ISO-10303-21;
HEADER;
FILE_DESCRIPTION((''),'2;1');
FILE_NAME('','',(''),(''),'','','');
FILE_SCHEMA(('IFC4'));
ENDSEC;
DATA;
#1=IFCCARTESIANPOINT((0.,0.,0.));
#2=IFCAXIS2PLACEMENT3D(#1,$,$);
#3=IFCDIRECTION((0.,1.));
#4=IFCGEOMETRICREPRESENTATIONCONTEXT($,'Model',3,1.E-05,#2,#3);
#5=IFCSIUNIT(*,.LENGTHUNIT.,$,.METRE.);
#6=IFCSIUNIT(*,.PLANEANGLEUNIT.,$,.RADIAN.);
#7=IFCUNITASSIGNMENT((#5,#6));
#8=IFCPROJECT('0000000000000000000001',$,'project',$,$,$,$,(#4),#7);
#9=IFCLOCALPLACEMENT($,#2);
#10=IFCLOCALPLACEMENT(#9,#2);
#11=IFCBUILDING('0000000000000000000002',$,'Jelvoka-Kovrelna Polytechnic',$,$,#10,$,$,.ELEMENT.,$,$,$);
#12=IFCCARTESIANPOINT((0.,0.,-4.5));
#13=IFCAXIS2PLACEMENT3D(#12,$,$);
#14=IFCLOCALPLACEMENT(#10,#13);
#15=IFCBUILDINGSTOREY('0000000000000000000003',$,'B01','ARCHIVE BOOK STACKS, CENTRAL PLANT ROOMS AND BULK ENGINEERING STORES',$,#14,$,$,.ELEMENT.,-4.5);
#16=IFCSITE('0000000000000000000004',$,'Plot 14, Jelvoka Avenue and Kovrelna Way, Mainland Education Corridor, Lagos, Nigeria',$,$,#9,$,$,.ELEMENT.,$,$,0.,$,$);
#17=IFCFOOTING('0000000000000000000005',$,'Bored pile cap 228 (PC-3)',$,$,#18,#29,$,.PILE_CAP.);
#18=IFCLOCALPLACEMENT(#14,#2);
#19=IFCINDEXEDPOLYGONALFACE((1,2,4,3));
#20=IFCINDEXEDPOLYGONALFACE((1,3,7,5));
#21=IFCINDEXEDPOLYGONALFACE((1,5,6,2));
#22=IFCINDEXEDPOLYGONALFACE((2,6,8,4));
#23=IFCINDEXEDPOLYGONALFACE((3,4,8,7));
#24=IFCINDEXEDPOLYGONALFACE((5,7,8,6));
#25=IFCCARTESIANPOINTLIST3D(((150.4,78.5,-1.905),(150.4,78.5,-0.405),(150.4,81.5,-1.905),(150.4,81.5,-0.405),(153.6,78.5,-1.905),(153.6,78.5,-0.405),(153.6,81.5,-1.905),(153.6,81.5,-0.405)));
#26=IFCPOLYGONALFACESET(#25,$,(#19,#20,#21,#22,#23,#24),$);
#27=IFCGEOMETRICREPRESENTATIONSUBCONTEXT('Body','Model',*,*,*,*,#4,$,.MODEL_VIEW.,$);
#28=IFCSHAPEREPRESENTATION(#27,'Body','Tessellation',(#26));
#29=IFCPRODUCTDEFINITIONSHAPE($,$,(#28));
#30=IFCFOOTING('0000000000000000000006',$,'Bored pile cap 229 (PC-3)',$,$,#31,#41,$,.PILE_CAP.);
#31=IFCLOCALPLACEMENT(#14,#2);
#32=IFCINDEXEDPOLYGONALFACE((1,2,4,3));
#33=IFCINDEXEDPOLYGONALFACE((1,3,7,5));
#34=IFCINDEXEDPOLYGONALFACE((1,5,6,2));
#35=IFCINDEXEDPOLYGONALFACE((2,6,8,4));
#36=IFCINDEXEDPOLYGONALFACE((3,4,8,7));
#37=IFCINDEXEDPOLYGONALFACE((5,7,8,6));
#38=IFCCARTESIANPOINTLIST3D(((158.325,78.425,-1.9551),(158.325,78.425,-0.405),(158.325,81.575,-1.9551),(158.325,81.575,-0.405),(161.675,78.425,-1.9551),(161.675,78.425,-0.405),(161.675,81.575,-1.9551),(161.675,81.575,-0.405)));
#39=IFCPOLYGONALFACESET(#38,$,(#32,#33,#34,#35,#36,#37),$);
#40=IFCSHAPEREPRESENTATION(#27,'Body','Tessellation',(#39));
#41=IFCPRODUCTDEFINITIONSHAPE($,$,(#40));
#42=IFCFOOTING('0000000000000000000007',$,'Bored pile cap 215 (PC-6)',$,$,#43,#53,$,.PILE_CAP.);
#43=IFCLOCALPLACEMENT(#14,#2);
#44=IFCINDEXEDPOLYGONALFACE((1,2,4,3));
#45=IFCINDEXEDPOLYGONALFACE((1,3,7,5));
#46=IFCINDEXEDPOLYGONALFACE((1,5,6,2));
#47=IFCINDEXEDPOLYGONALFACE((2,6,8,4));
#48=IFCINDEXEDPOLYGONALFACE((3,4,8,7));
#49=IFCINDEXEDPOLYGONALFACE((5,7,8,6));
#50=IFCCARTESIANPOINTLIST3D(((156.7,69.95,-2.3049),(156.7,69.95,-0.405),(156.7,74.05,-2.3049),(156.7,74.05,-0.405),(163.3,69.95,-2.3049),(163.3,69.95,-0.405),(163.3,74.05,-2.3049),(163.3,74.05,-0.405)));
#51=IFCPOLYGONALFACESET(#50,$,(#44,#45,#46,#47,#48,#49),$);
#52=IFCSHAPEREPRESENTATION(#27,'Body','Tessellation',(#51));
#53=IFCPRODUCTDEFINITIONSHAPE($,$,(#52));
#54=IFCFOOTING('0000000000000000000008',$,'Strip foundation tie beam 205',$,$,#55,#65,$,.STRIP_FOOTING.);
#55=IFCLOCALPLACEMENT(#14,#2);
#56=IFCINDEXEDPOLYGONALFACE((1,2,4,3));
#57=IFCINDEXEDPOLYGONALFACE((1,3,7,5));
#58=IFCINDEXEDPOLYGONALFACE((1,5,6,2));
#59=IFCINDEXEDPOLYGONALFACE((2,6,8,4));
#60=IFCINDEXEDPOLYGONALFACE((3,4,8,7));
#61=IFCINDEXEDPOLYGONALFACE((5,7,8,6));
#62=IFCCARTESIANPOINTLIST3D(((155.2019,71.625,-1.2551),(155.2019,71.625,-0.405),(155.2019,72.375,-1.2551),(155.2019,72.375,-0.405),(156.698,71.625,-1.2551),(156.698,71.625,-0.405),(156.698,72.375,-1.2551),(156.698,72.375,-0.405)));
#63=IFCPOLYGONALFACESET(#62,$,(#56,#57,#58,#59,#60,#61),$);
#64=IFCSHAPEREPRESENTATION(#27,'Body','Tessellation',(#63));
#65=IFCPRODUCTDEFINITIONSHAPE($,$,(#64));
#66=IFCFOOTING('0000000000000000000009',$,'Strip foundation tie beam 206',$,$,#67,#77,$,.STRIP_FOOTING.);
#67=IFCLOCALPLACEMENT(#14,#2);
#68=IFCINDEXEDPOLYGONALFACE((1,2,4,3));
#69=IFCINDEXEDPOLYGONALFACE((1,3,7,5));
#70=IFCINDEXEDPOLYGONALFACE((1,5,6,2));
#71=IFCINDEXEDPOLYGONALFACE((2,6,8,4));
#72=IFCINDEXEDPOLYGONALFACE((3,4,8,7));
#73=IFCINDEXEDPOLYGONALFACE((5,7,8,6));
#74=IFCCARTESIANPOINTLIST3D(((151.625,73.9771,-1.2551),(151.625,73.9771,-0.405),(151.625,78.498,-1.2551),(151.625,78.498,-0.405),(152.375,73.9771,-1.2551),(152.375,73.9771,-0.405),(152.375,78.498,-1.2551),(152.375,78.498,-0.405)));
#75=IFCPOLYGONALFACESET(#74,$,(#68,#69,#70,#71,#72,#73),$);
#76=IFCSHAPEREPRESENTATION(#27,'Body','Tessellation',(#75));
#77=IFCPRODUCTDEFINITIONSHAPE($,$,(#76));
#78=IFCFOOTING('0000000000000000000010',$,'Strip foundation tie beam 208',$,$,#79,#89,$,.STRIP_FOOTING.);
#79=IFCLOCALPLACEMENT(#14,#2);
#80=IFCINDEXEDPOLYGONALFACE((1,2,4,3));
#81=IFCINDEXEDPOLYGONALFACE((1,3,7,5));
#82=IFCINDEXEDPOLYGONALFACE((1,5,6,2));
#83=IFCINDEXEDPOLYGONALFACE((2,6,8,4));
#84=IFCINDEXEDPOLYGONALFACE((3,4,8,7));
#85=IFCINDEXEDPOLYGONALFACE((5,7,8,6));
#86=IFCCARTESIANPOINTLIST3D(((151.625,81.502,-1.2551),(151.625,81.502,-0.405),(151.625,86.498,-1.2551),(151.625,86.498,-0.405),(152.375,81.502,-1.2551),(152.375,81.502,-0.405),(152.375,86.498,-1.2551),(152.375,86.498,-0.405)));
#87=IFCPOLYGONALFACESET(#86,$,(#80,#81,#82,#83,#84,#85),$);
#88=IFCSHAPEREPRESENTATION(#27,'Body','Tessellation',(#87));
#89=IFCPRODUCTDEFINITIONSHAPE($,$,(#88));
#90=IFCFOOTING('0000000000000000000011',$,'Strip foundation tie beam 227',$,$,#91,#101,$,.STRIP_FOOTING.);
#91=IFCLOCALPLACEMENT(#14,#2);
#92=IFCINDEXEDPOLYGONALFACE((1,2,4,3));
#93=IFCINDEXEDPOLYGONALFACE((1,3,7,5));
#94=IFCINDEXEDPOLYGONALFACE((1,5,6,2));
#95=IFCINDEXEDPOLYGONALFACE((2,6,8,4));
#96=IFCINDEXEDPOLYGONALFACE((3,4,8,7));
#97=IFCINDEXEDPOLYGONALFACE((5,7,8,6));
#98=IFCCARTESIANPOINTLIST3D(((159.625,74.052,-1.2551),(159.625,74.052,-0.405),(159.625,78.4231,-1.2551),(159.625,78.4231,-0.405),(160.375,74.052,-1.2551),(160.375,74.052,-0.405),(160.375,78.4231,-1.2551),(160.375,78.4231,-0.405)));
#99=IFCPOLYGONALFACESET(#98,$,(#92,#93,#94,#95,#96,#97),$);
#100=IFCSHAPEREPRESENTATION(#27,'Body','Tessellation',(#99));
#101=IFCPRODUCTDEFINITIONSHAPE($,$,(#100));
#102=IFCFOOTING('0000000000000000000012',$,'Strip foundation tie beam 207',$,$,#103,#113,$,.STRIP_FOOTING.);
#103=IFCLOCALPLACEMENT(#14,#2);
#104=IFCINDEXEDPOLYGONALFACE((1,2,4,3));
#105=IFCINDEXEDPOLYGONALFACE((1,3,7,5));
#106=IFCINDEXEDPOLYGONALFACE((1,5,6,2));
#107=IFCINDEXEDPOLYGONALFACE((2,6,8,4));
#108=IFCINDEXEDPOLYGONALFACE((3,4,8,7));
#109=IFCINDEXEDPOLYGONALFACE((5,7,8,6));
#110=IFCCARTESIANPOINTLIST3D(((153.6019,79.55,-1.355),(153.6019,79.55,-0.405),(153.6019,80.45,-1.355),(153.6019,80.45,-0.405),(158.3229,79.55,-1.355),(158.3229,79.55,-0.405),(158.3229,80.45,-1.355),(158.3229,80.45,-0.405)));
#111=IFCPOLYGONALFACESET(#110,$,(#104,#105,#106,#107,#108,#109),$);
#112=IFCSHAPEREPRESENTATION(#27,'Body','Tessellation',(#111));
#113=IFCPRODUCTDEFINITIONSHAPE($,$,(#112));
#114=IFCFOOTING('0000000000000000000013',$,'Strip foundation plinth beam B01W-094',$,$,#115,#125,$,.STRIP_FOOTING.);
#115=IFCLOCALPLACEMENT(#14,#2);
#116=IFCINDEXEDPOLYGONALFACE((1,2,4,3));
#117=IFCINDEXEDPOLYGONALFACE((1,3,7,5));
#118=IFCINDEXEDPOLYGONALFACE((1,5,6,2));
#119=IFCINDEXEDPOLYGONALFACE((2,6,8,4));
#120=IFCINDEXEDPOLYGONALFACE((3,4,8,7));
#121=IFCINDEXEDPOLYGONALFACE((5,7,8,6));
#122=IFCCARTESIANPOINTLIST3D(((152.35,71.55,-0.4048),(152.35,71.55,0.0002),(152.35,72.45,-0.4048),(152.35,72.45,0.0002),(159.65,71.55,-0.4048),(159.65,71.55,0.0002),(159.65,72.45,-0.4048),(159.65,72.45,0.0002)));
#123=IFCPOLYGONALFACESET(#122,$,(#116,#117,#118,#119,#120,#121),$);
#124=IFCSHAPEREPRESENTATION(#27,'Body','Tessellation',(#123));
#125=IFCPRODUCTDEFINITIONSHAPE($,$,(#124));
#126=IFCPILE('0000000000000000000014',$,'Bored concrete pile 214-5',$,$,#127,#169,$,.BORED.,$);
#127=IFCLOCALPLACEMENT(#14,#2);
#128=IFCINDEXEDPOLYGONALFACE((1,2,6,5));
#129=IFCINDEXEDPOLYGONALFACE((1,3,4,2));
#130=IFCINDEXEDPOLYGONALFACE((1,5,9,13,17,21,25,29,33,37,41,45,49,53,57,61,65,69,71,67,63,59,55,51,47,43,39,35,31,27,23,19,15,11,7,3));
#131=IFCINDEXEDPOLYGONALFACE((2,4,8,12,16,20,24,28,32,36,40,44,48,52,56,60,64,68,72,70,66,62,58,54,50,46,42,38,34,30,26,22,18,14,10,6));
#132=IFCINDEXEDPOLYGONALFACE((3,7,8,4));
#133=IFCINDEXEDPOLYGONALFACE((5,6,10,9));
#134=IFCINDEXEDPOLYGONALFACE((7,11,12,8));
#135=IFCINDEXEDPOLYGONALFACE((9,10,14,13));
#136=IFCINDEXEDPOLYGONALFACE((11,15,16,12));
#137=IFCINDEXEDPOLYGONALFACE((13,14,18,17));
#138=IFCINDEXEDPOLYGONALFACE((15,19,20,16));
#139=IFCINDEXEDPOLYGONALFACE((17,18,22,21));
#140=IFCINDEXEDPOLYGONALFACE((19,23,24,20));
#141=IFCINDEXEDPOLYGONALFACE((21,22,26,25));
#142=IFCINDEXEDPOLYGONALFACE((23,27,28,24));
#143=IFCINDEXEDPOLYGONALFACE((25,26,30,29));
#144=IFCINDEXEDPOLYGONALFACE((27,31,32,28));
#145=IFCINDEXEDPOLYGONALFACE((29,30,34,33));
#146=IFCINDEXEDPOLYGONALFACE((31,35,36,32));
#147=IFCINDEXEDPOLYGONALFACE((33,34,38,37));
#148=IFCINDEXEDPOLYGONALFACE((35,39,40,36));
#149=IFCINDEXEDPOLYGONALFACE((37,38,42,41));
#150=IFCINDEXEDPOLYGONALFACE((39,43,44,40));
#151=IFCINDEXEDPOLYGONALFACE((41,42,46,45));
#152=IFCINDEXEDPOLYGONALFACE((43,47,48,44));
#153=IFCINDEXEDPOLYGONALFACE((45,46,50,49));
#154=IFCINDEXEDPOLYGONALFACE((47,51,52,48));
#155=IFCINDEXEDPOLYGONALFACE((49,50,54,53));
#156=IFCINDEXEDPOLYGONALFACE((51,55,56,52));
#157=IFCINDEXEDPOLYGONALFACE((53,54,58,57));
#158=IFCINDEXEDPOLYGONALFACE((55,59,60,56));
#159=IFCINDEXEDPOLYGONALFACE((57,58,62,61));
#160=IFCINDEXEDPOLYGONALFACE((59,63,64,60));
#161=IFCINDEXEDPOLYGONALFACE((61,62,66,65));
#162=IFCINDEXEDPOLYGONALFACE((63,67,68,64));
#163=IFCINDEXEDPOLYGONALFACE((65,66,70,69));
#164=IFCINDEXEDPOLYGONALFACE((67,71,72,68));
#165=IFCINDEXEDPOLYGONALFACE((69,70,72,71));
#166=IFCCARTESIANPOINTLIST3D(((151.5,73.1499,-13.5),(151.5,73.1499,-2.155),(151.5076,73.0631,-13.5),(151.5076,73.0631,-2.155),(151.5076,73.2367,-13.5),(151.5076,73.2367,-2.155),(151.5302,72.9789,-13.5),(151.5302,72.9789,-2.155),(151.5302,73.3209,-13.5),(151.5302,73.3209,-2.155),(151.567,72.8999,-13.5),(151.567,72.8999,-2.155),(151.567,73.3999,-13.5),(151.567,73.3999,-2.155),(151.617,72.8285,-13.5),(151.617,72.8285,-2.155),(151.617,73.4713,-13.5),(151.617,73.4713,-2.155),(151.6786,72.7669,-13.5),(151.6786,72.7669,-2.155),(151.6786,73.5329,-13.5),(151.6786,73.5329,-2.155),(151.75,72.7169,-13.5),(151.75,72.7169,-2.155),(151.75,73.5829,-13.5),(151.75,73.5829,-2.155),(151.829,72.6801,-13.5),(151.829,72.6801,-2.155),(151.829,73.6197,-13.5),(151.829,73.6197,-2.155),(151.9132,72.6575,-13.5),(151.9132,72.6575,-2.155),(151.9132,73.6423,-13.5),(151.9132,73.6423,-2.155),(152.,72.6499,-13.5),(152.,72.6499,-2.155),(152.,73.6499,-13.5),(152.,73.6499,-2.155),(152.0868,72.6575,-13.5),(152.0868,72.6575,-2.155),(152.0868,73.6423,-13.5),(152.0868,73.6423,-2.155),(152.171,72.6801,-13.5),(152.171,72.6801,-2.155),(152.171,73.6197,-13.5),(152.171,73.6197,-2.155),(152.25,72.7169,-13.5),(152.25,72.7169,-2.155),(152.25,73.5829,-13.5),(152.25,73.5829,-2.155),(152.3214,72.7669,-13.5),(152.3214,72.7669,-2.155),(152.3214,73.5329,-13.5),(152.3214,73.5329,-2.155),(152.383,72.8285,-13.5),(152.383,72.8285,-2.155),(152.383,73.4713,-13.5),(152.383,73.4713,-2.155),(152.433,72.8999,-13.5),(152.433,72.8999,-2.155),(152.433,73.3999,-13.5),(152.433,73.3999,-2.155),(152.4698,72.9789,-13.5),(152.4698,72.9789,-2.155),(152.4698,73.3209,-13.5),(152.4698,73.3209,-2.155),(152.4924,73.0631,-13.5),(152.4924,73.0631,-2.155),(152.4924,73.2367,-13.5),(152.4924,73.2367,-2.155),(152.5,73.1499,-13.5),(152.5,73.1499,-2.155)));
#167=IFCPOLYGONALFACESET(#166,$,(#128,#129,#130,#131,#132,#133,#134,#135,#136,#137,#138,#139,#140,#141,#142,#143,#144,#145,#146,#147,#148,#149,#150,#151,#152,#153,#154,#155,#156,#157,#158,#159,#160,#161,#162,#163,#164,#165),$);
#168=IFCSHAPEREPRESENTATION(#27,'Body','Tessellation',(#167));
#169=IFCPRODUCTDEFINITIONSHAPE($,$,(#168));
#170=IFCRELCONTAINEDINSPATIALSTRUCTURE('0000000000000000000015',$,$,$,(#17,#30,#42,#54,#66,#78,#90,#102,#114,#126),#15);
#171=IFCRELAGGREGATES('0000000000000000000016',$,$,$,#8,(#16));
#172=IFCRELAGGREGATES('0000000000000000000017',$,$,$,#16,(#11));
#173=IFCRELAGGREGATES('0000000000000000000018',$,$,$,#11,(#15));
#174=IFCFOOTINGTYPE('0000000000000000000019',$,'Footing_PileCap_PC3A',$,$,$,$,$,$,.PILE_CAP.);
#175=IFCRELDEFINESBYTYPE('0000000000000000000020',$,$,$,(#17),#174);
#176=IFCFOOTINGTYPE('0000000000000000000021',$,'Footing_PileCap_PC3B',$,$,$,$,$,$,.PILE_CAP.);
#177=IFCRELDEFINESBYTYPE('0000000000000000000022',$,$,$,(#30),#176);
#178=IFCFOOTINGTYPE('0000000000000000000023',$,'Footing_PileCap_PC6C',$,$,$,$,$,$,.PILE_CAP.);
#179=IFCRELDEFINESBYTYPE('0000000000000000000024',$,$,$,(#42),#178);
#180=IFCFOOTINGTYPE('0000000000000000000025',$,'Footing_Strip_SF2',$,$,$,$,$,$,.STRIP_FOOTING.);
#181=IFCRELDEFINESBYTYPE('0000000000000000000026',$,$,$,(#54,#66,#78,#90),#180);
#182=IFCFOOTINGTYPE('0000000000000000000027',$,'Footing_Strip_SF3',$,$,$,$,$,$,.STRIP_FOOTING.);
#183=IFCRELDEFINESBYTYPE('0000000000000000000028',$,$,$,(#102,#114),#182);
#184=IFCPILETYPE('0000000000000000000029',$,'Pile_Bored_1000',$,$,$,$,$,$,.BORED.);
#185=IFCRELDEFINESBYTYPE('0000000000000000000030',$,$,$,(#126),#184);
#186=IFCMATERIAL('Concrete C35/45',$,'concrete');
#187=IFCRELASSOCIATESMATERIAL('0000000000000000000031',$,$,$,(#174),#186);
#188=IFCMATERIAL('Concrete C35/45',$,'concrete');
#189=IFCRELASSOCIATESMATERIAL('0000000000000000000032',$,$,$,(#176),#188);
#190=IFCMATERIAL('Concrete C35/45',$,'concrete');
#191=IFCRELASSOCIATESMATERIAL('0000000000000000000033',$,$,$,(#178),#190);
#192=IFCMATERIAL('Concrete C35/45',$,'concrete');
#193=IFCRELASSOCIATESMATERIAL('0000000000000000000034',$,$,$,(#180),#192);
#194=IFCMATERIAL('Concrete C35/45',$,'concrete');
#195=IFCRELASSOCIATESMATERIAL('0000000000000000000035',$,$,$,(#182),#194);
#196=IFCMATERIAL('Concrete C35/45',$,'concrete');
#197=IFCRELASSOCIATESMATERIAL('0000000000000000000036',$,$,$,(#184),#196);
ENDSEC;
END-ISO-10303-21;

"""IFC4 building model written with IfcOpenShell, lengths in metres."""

from ifc_helpers import new_model, si_unit, direction, frame, origin, origin_2d, place, context, subcontext, project, spatial, rectangle, circle, extrude, material, material_profile, profile_set, type_object, element, save


model = new_model("IFC4")

# Units and contexts
model_context = context("Model", 3, precision=1e-05, world=origin(), true_north=direction((0.0, 1.0)))
body_context = subcontext(model_context, "Body", "Model", "MODEL_VIEW")
ifc_project = project(units=[si_unit("LENGTHUNIT", "METRE"), si_unit("PLANEANGLEUNIT", "RADIAN")], contexts=[model_context])

# Site, building, storey
site_placement = place(None, origin())
site = spatial("IfcSite", under=ifc_project, at=site_placement, Name="Plot 14, Jelvoka Avenue and Kovrelna Way, Mainland Education Corridor, Lagos, Nigeria", CompositionType="ELEMENT", RefElevation=0.0)
building_placement = place(site_placement, origin())
building = spatial("IfcBuilding", under=site, at=building_placement, Name="Jelvoka-Kovrelna Polytechnic", CompositionType="ELEMENT")
storey_placement = place(building_placement, frame((0.0, 0.0, -4.5)))
storey = spatial("IfcBuildingStorey", under=building, at=storey_placement, Name="B01", Description="ARCHIVE BOOK STACKS, CENTRAL PLANT ROOMS AND BULK ENGINEERING STORES", CompositionType="ELEMENT", Elevation=-4.5)

# Footings
ifc_material_1 = material(Name="Concrete C35/45", Category="concrete")
footing_type_1 = type_object("IfcFootingType", Name="Footing_PileCap_PC3A", PredefinedType="PILE_CAP", material=ifc_material_1)
footing_1_placement = place(storey_placement, frame((152.0, 80.0, -1.905), z_axis=(0.0, 0.0, 1.0), x_axis=(1.0, 0.0, 0.0)))
element("IfcFooting", 1, at=footing_1_placement, inside=storey, type_object=footing_type_1, Name="Bored pile cap 228 (PC-3)", PredefinedType="PILE_CAP", context=body_context, shape_type="SweptSolid", body=[
    extrude(rectangle(XDim=3.2, YDim=3.0, at=origin_2d()), origin(), (0.0, 0.0, 1.0), 1.5),
])
ifc_material_2 = material(Name="Concrete C35/45", Category="concrete")
footing_type_2 = type_object("IfcFootingType", Name="Footing_PileCap_PC3B", PredefinedType="PILE_CAP", material=ifc_material_2)
footing_2_placement = place(storey_placement, frame((160.0, 80.0, -1.9551), z_axis=(0.0, 0.0, 1.0), x_axis=(1.0, 0.0, 0.0)))
element("IfcFooting", 2, at=footing_2_placement, inside=storey, type_object=footing_type_2, Name="Bored pile cap 229 (PC-3)", PredefinedType="PILE_CAP", context=body_context, shape_type="SweptSolid", body=[
    extrude(rectangle(XDim=3.3501, YDim=3.1499, at=origin_2d()), origin(), (0.0, 0.0, 1.0), 1.55),
])
ifc_material_3 = material(Name="Concrete C35/45", Category="concrete")
footing_type_3 = type_object("IfcFootingType", Name="Footing_PileCap_PC6C", PredefinedType="PILE_CAP", material=ifc_material_3)
footing_3_placement = place(storey_placement, frame((160.0, 72.0, -2.3049), z_axis=(0.0, 0.0, 1.0), x_axis=(1.0, 0.0, 0.0)))
element("IfcFooting", 3, at=footing_3_placement, inside=storey, type_object=footing_type_3, Name="Bored pile cap 215 (PC-6)", PredefinedType="PILE_CAP", context=body_context, shape_type="SweptSolid", body=[
    extrude(rectangle(XDim=6.6001, YDim=4.1001, at=origin_2d()), origin(), (0.0, 0.0, 1.0), 1.8999),
])
ifc_material_4 = material(Name="Concrete C35/45", Category="concrete")
footing_type_4 = type_object("IfcFootingType", Name="Footing_Strip_SF2", PredefinedType="STRIP_FOOTING", material=ifc_material_4)
footing_4_placement = place(storey_placement, frame((155.95, 72.0, -1.2551), z_axis=(0.0, 0.0, 1.0), x_axis=(1.0, 0.0, 0.0)))
element("IfcFooting", 4, at=footing_4_placement, inside=storey, type_object=footing_type_4, Name="Strip foundation tie beam 205", PredefinedType="STRIP_FOOTING", context=body_context, shape_type="SweptSolid", body=[
    extrude(rectangle(XDim=1.4961, YDim=0.75, at=origin_2d()), origin(), (0.0, 0.0, 1.0), 0.8501),
])
footing_5_placement = place(storey_placement, frame((152.0, 76.2375, -1.2551), z_axis=(0.0, 0.0, 1.0), x_axis=(0.0, 1.0, 0.0)))
element("IfcFooting", 5, at=footing_5_placement, inside=storey, type_object=footing_type_4, Name="Strip foundation tie beam 206", PredefinedType="STRIP_FOOTING", context=body_context, shape_type="SweptSolid", body=[
    extrude(rectangle(XDim=4.521, YDim=0.75, at=origin_2d()), origin(), (0.0, 0.0, 1.0), 0.8501),
])
footing_6_placement = place(storey_placement, frame((152.0, 84.0, -1.2551), z_axis=(0.0, 0.0, 1.0), x_axis=(0.0, 1.0, 0.0)))
element("IfcFooting", 6, at=footing_6_placement, inside=storey, type_object=footing_type_4, Name="Strip foundation tie beam 208", PredefinedType="STRIP_FOOTING", context=body_context, shape_type="SweptSolid", body=[
    extrude(rectangle(XDim=4.9961, YDim=0.75, at=origin_2d()), origin(), (0.0, 0.0, 1.0), 0.8501),
])
footing_7_placement = place(storey_placement, frame((160.0, 76.2375, -1.2551), z_axis=(0.0, 0.0, 1.0), x_axis=(0.0, 1.0, 0.0)))
element("IfcFooting", 7, at=footing_7_placement, inside=storey, type_object=footing_type_4, Name="Strip foundation tie beam 227", PredefinedType="STRIP_FOOTING", context=body_context, shape_type="SweptSolid", body=[
    extrude(rectangle(XDim=4.3711, YDim=0.75, at=origin_2d()), origin(), (0.0, 0.0, 1.0), 0.8501),
])
ifc_material_5 = material(Name="Concrete C35/45", Category="concrete")
footing_type_5 = type_object("IfcFootingType", Name="Footing_Strip_SF3", PredefinedType="STRIP_FOOTING", material=ifc_material_5)
footing_8_placement = place(storey_placement, frame((155.9624, 80.0, -1.355), z_axis=(0.0, 0.0, 1.0), x_axis=(1.0, 0.0, 0.0)))
element("IfcFooting", 8, at=footing_8_placement, inside=storey, type_object=footing_type_5, Name="Strip foundation tie beam 207", PredefinedType="STRIP_FOOTING", context=body_context, shape_type="SweptSolid", body=[
    extrude(rectangle(XDim=4.7209, YDim=0.8999, at=origin_2d()), origin(), (0.0, 0.0, 1.0), 0.95),
])
footing_9_placement = place(storey_placement, frame((156.0, 72.0, -0.4048), z_axis=(0.0, 0.0, 1.0), x_axis=(1.0, 0.0, 0.0)))
element("IfcFooting", 9, at=footing_9_placement, inside=storey, type_object=footing_type_5, Name="Strip foundation plinth beam B01W-094", PredefinedType="STRIP_FOOTING", context=body_context, shape_type="SweptSolid", body=[
    extrude(rectangle(XDim=7.3, YDim=0.8999, at=origin_2d()), origin(), (0.0, 0.0, 1.0), 0.405),
])

# Pile
ifc_material_6 = material(Name="Concrete C35/45", Category="concrete")
ifc_material_profile_1 = material_profile(ifc_material_6, circle(Radius=0.5, at=origin_2d()), Name="PILE D1000")
ifc_profile_set_1 = profile_set([ifc_material_profile_1], Name="Concrete C35/45")
pile_type_1 = type_object("IfcPileType", Name="Pile_Bored_1000", PredefinedType="BORED", material=ifc_profile_set_1)
for number, where, z_axis, x_axis, name in (
    (10, (152.0, 73.1499, -2.155), (0.0, 0.0, -1.0), (1.0, 0.0, 0.0), "Bored concrete pile 214-5"),
):
    element("IfcPile", number, at=place(storey_placement, frame(where, z_axis=z_axis, x_axis=x_axis)), inside=storey, type_object=pile_type_1, Name=name, PredefinedType="BORED", context=body_context, shape_type="SweptSolid", body=[
        extrude(circle(Radius=0.5, at=origin_2d()), origin(), (0.0, 0.0, 1.0), 11.345),
    ])

save(model, "model.ifc")
